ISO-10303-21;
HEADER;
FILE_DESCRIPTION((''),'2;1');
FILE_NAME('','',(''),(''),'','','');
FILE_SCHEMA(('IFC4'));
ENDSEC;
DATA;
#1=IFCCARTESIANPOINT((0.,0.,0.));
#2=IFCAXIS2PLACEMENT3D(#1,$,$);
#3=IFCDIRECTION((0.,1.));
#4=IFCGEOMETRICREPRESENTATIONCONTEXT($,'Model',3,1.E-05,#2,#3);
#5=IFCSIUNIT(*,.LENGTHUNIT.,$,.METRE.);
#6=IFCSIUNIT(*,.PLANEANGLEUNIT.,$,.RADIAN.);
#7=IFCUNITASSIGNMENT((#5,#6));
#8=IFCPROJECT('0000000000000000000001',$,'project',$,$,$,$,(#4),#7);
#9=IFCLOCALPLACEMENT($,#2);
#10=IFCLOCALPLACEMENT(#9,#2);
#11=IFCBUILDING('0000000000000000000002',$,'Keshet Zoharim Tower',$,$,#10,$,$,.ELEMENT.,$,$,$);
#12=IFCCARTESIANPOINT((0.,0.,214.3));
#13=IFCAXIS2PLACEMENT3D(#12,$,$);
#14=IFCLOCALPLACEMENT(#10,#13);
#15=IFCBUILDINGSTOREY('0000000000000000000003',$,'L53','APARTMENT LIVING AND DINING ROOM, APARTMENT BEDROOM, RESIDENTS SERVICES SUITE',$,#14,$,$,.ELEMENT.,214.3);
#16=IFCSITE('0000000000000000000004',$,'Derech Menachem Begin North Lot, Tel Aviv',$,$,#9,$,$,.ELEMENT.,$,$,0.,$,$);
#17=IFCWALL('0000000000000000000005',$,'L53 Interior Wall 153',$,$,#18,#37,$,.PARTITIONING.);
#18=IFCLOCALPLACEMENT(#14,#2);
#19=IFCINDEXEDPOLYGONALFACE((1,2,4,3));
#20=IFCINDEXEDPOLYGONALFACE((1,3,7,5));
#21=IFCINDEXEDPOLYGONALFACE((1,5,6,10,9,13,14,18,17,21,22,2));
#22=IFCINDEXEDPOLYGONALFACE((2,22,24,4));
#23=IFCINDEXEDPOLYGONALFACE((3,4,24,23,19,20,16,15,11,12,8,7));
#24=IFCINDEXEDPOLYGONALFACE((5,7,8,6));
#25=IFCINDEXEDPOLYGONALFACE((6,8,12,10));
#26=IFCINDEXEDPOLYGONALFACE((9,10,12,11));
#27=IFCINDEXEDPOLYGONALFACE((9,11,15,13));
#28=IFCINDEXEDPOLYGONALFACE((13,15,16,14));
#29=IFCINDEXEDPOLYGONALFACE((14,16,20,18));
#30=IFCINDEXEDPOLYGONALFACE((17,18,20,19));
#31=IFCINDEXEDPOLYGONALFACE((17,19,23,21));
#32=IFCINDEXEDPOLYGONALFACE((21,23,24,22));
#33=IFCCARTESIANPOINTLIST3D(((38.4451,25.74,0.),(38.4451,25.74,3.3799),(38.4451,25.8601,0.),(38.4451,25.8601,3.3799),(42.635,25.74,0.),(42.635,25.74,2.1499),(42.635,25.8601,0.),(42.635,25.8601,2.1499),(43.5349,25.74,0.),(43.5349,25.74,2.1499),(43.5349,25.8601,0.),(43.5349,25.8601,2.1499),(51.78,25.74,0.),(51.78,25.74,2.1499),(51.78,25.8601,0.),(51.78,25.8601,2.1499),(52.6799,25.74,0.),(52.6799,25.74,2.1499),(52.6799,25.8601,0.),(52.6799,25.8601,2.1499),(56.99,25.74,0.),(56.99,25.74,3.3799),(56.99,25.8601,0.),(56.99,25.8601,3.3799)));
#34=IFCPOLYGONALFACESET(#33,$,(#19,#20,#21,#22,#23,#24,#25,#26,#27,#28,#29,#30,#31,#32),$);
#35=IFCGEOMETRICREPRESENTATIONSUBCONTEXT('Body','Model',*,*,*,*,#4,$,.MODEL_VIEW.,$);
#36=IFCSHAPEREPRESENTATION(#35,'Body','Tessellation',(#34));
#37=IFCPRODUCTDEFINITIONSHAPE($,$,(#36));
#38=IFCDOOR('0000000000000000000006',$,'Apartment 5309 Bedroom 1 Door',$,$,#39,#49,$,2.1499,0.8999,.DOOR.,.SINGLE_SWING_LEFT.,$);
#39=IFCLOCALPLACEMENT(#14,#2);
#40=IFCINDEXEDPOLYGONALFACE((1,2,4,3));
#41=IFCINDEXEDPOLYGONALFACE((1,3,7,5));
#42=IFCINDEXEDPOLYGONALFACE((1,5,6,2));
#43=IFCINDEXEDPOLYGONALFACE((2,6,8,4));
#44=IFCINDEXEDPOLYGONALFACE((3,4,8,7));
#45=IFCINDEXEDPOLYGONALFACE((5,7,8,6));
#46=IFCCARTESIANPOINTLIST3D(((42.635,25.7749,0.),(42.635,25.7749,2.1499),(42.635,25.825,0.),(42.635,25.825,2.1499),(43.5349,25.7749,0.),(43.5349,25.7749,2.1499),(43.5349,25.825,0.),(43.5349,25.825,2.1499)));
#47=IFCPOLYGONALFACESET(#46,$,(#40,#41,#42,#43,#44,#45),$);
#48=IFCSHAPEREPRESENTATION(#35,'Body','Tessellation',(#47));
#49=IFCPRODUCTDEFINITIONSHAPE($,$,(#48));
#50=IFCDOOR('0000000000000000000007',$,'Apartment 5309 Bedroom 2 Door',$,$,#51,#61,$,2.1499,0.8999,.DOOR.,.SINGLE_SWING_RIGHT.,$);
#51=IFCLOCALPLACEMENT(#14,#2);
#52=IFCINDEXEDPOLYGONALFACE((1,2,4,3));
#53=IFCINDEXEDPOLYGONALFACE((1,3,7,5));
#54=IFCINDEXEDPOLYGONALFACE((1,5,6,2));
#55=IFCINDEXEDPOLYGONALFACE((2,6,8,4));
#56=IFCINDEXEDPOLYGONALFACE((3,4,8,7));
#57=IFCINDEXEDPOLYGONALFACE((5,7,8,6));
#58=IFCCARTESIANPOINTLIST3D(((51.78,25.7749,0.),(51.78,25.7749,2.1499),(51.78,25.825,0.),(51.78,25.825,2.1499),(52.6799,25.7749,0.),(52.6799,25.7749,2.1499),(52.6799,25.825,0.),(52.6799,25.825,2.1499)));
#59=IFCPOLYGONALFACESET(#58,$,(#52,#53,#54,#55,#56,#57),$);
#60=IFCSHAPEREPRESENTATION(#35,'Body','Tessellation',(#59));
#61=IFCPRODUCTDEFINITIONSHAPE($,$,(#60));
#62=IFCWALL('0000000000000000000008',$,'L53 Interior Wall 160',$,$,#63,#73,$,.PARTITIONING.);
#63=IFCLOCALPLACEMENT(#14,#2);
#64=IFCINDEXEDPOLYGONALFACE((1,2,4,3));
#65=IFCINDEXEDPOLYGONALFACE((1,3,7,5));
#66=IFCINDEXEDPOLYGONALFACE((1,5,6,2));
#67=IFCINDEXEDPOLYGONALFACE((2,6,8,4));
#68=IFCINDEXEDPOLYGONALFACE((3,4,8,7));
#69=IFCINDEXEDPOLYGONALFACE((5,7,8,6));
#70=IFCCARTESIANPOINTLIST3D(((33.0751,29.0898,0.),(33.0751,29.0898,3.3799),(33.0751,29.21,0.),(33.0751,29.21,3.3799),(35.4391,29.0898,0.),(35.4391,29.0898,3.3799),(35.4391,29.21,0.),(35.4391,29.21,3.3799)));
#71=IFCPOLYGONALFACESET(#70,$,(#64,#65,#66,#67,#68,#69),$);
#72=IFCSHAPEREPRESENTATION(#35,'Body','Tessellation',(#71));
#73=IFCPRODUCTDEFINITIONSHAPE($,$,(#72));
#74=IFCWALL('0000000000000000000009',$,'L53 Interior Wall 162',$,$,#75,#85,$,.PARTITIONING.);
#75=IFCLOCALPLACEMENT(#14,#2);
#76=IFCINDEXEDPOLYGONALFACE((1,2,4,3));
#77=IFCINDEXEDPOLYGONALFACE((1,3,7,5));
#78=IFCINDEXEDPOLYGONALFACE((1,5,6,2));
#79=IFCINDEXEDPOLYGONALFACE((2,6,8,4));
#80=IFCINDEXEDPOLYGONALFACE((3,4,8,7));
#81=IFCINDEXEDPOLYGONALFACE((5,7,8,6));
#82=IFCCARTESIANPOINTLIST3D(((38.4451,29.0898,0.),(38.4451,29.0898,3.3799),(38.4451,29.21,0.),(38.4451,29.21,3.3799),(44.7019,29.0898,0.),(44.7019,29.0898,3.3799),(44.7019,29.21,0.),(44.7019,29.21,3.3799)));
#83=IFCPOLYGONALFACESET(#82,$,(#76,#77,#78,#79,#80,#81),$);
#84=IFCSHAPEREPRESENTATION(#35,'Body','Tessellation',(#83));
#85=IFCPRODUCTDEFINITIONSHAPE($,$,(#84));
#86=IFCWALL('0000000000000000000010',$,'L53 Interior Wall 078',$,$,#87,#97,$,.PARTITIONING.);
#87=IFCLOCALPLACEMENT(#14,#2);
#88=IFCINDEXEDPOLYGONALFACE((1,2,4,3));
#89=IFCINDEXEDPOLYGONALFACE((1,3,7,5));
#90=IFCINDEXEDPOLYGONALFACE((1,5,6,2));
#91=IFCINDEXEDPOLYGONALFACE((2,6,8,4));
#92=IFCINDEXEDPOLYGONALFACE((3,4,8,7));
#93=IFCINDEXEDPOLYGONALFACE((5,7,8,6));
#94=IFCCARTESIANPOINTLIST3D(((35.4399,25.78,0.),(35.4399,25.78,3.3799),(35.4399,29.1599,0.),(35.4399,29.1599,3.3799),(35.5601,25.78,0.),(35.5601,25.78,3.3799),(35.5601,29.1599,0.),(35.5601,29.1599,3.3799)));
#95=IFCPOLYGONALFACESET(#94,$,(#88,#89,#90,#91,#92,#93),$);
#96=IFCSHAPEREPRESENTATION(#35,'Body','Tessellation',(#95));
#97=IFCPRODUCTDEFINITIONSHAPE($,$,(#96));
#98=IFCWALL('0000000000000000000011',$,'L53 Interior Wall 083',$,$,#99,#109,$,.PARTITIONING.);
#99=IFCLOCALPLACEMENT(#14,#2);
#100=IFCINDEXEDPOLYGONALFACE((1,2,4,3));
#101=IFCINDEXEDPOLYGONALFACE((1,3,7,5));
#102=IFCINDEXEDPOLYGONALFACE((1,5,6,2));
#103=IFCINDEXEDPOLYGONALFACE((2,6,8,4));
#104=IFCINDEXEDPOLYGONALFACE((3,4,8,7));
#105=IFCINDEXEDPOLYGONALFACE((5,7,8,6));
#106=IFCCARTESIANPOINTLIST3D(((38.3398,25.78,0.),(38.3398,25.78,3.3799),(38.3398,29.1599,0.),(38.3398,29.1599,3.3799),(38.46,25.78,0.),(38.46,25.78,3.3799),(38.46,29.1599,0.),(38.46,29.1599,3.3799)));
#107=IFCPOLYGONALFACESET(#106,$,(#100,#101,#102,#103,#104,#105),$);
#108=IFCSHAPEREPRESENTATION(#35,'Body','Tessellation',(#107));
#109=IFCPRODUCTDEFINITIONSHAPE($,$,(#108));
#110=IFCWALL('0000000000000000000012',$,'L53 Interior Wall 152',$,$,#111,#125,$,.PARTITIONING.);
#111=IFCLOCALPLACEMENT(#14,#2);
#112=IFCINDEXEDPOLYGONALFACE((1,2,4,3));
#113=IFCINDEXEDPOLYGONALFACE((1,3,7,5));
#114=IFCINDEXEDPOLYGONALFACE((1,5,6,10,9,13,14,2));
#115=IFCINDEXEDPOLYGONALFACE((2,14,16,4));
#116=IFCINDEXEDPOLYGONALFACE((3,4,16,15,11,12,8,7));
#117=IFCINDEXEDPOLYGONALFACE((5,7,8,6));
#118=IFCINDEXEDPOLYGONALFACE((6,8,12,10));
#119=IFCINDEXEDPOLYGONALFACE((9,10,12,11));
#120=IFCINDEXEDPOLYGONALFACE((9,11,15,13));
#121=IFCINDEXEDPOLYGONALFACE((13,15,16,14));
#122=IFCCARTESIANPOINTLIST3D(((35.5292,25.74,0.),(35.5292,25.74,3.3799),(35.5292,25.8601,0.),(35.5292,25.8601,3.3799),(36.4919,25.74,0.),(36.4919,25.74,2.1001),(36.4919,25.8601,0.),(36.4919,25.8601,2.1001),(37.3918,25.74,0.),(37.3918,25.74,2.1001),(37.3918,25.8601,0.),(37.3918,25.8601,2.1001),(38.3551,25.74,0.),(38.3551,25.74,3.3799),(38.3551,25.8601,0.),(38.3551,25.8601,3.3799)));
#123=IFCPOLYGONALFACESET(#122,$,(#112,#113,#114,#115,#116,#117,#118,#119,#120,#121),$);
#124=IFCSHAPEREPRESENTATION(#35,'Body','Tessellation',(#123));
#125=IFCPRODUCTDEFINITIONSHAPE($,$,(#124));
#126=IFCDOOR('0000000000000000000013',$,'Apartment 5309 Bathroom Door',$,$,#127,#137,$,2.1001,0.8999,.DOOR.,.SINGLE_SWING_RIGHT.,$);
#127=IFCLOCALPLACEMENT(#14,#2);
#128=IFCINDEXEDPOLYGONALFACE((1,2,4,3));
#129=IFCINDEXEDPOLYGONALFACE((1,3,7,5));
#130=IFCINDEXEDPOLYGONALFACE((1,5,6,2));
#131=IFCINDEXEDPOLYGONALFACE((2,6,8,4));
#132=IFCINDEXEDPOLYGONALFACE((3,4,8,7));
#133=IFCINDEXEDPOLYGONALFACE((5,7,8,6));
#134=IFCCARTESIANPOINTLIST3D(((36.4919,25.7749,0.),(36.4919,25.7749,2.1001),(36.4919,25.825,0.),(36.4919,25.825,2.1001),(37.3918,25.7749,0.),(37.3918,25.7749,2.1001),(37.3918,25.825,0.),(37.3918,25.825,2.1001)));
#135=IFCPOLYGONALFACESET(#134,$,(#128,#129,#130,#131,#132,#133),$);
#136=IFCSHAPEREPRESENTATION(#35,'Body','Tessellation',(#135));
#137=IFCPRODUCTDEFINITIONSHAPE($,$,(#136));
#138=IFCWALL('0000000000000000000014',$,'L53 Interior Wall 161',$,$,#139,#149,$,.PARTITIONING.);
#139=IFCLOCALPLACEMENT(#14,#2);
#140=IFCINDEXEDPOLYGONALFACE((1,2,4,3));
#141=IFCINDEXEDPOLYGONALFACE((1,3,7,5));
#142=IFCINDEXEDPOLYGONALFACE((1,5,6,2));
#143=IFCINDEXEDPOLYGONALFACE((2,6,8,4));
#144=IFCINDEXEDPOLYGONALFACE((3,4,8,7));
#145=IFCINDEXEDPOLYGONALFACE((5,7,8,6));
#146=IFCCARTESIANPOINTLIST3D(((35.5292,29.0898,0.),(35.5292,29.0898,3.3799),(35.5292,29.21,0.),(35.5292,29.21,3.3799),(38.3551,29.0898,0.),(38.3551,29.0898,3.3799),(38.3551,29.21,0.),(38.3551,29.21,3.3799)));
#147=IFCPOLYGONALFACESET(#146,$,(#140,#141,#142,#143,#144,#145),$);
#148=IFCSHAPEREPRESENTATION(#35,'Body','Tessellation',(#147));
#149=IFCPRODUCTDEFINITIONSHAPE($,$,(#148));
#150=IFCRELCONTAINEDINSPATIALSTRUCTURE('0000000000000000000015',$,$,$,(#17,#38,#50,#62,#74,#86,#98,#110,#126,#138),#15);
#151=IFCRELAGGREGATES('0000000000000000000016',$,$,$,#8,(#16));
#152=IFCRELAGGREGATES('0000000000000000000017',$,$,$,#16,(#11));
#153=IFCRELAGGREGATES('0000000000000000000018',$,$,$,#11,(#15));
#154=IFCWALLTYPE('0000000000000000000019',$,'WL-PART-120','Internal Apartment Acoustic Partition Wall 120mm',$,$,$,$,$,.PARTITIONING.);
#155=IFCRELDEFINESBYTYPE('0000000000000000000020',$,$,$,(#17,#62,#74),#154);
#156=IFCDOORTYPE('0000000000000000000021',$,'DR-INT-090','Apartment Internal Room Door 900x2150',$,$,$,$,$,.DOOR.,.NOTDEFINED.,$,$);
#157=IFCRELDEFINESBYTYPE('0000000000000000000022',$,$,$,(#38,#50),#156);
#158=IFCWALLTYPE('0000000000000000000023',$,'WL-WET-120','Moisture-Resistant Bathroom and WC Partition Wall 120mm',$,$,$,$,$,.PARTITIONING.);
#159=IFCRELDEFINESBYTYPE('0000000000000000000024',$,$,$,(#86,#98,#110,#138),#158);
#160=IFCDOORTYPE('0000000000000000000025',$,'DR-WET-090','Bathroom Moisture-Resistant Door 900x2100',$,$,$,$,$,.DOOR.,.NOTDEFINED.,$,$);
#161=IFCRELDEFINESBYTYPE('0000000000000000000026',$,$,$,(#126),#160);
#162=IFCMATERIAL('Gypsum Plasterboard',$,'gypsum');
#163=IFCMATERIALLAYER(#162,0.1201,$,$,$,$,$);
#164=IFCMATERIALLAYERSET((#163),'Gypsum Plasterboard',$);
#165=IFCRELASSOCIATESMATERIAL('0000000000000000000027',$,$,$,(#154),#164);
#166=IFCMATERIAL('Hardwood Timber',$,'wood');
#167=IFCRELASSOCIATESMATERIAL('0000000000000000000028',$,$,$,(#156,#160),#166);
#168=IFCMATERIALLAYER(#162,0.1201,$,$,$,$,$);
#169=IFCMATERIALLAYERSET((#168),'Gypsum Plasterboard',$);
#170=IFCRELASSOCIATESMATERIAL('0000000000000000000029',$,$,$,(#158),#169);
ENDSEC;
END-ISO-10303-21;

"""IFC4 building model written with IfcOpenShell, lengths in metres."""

from ifc_helpers import new_model, si_unit, direction, frame, frame_2d, origin, place, context, subcontext, project, spatial, rectangle, extrude, material, layer, layer_set, type_object, element, fill, save


model = new_model("IFC4")

# Units and contexts
model_context = context("Model", 3, precision=1e-05, world=origin(), true_north=direction((0.0, 1.0)))
body_context = subcontext(model_context, "Body", "Model", "MODEL_VIEW")
ifc_project = project(units=[si_unit("LENGTHUNIT", "METRE"), si_unit("PLANEANGLEUNIT", "RADIAN")], contexts=[model_context])

# Site, building, storey
site_placement = place(None, origin())
site = spatial("IfcSite", under=ifc_project, at=site_placement, Name="Derech Menachem Begin North Lot, Tel Aviv", CompositionType="ELEMENT", RefElevation=0.0)
building_placement = place(site_placement, origin())
building = spatial("IfcBuilding", under=site, at=building_placement, Name="Keshet Zoharim Tower", CompositionType="ELEMENT")
storey_placement = place(building_placement, frame((0.0, 0.0, 214.3)))
storey = spatial("IfcBuildingStorey", under=building, at=storey_placement, Name="L53", Description="APARTMENT LIVING AND DINING ROOM, APARTMENT BEDROOM, RESIDENTS SERVICES SUITE", CompositionType="ELEMENT", Elevation=214.3)

# Shared definitions
ifc_material_1 = material(Name="Gypsum Plasterboard", Category="gypsum")
ifc_layer_1 = layer(ifc_material_1, 0.1201)
ifc_layer_set_1 = layer_set([ifc_layer_1], Name="Gypsum Plasterboard")
wall_type_1 = type_object("IfcWallType", Name="WL-PART-120", Description="Internal Apartment Acoustic Partition Wall 120mm", PredefinedType="PARTITIONING", material=ifc_layer_set_1)

# Shared definitions
ifc_material_2 = material(Name="Hardwood Timber", Category="wood")
door_type_1 = type_object("IfcDoorType", Name="DR-INT-090", Description="Apartment Internal Room Door 900x2150", OperationType="NOTDEFINED", PredefinedType="DOOR", material=ifc_material_2)

# Wall, openings, doors
wall_1_placement = place(storey_placement, frame((38.4451, 25.8, 0.0), z_axis=(0.0, 0.0, 1.0), x_axis=(1.0, 0.0, 0.0)))
wall_1 = element("IfcWall", 1, at=wall_1_placement, inside=storey, type_object=wall_type_1, Name="L53 Interior Wall 153", PredefinedType="PARTITIONING", context=body_context, shape_type="SweptSolid", body=[
    extrude(rectangle(XDim=18.5449, YDim=0.1201, at=frame_2d((9.2725, 0.0))), origin(), (0.0, 0.0, 1.0), 3.3799),
])
opening_1_placement = place(wall_1_placement, frame((4.1899, 0.0, 0.0)))
opening_1 = element("IfcOpeningElement", 2, at=opening_1_placement, cuts=wall_1, PredefinedType="OPENING", context=body_context, shape_type="SweptSolid", body=[
    extrude(rectangle(XDim=0.8999, YDim=2.1499, at=frame_2d((0.45, 1.075))), frame((0.0, 0.0701, 0.0), z_axis=(0.0, -1.0, 0.0), x_axis=(1.0, 0.0, 0.0)), (0.0, 0.0, 1.0), 0.1401),
])
opening_2_placement = place(wall_1_placement, frame((13.335, 0.0, 0.0)))
opening_2 = element("IfcOpeningElement", 3, at=opening_2_placement, cuts=wall_1, PredefinedType="OPENING", context=body_context, shape_type="SweptSolid", body=[
    extrude(rectangle(XDim=0.8999, YDim=2.1499, at=frame_2d((0.45, 1.075))), frame((0.0, 0.0701, 0.0), z_axis=(0.0, -1.0, 0.0), x_axis=(1.0, 0.0, 0.0)), (0.0, 0.0, 1.0), 0.1401),
])
door_1_placement = place(opening_1_placement, origin())
door_1 = element("IfcDoor", 4, at=door_1_placement, inside=storey, type_object=door_type_1, Name="Apartment 5309 Bedroom 1 Door", OperationType="SINGLE_SWING_LEFT", OverallHeight=2.1499, OverallWidth=0.8999, PredefinedType="DOOR", context=body_context, shape_type="SweptSolid", body=[
    extrude(rectangle(XDim=0.8999, YDim=2.1499, at=frame_2d((0.45, 1.075))), frame((0.0, 0.0249, 0.0), z_axis=(0.0, -1.0, 0.0), x_axis=(1.0, 0.0, 0.0)), (0.0, 0.0, 1.0), 0.05),
])
fill(opening_1, door_1)
door_2_placement = place(opening_2_placement, origin())
door_2 = element("IfcDoor", 5, at=door_2_placement, inside=storey, type_object=door_type_1, Name="Apartment 5309 Bedroom 2 Door", OperationType="SINGLE_SWING_RIGHT", OverallHeight=2.1499, OverallWidth=0.8999, PredefinedType="DOOR", context=body_context, shape_type="SweptSolid", body=[
    extrude(rectangle(XDim=0.8999, YDim=2.1499, at=frame_2d((0.45, 1.075))), frame((0.0, 0.0249, 0.0), z_axis=(0.0, -1.0, 0.0), x_axis=(1.0, 0.0, 0.0)), (0.0, 0.0, 1.0), 0.05),
])
fill(opening_2, door_2)

# Walls
wall_2_placement = place(storey_placement, frame((33.075, 29.1499, 0.0), z_axis=(0.0, 0.0, 1.0), x_axis=(1.0, 0.0, 0.0)))
element("IfcWall", 6, at=wall_2_placement, inside=storey, type_object=wall_type_1, Name="L53 Interior Wall 160", PredefinedType="PARTITIONING", context=body_context, shape_type="SweptSolid", body=[
    extrude(rectangle(XDim=2.364, YDim=0.1201, at=frame_2d((1.1821, 0.0))), origin(), (0.0, 0.0, 1.0), 3.3799),
])
wall_3_placement = place(storey_placement, frame((38.4451, 29.1499, 0.0), z_axis=(0.0, 0.0, 1.0), x_axis=(1.0, 0.0, 0.0)))
element("IfcWall", 7, at=wall_3_placement, inside=storey, type_object=wall_type_1, Name="L53 Interior Wall 162", PredefinedType="PARTITIONING", context=body_context, shape_type="SweptSolid", body=[
    extrude(rectangle(XDim=6.2568, YDim=0.1201, at=frame_2d((3.1284, 0.0))), origin(), (0.0, 0.0, 1.0), 3.3799),
])
ifc_layer_2 = layer(ifc_material_1, 0.1201)
ifc_layer_set_2 = layer_set([ifc_layer_2], Name="Gypsum Plasterboard")
wall_type_2 = type_object("IfcWallType", Name="WL-WET-120", Description="Moisture-Resistant Bathroom and WC Partition Wall 120mm", PredefinedType="PARTITIONING", material=ifc_layer_set_2)
for number, where, z_axis, x_axis, name in (
    (8, (35.5, 25.78, 0.0), (0.0, 0.0, 1.0), (0.0, 1.0, 0.0), "L53 Interior Wall 078"),
    (9, (38.3999, 25.78, 0.0), (0.0, 0.0, 1.0), (0.0, 1.0, 0.0), "L53 Interior Wall 083"),
):
    element("IfcWall", number, at=place(storey_placement, frame(where, z_axis=z_axis, x_axis=x_axis)), inside=storey, type_object=wall_type_2, Name=name, PredefinedType="PARTITIONING", context=body_context, shape_type="SweptSolid", body=[
        extrude(rectangle(XDim=3.3799, YDim=0.1201, at=frame_2d((1.6899, 0.0))), origin(), (0.0, 0.0, 1.0), 3.3799),
    ])

# Wall, opening, door
wall_4_placement = place(storey_placement, frame((35.5291, 25.8, 0.0), z_axis=(0.0, 0.0, 1.0), x_axis=(1.0, 0.0, 0.0)))
wall_4 = element("IfcWall", 10, at=wall_4_placement, inside=storey, type_object=wall_type_2, Name="L53 Interior Wall 152", PredefinedType="PARTITIONING", context=body_context, shape_type="SweptSolid", body=[
    extrude(rectangle(XDim=2.8259, YDim=0.1201, at=frame_2d((1.4131, 0.0))), origin(), (0.0, 0.0, 1.0), 3.3799),
])
opening_3_placement = place(wall_4_placement, frame((0.9629, 0.0, 0.0)))
opening_3 = element("IfcOpeningElement", 11, at=opening_3_placement, cuts=wall_4, PredefinedType="OPENING", context=body_context, shape_type="SweptSolid", body=[
    extrude(rectangle(XDim=0.8999, YDim=2.1001, at=frame_2d((0.45, 1.05))), frame((0.0, 0.0701, 0.0), z_axis=(0.0, -1.0, 0.0), x_axis=(1.0, 0.0, 0.0)), (0.0, 0.0, 1.0), 0.1401),
])
door_type_2 = type_object("IfcDoorType", Name="DR-WET-090", Description="Bathroom Moisture-Resistant Door 900x2100", OperationType="NOTDEFINED", PredefinedType="DOOR", material=ifc_material_2)
door_3_placement = place(opening_3_placement, origin())
door_3 = element("IfcDoor", 12, at=door_3_placement, inside=storey, type_object=door_type_2, Name="Apartment 5309 Bathroom Door", OperationType="SINGLE_SWING_RIGHT", OverallHeight=2.1001, OverallWidth=0.8999, PredefinedType="DOOR", context=body_context, shape_type="SweptSolid", body=[
    extrude(rectangle(XDim=0.8999, YDim=2.1001, at=frame_2d((0.45, 1.05))), frame((0.0, 0.0249, 0.0), z_axis=(0.0, -1.0, 0.0), x_axis=(1.0, 0.0, 0.0)), (0.0, 0.0, 1.0), 0.05),
])
fill(opening_3, door_3)

# Wall
wall_5_placement = place(storey_placement, frame((35.5291, 29.1499, 0.0), z_axis=(0.0, 0.0, 1.0), x_axis=(1.0, 0.0, 0.0)))
element("IfcWall", 13, at=wall_5_placement, inside=storey, type_object=wall_type_2, Name="L53 Interior Wall 161", PredefinedType="PARTITIONING", context=body_context, shape_type="SweptSolid", body=[
    extrude(rectangle(XDim=2.8259, YDim=0.1201, at=frame_2d((1.4131, 0.0))), origin(), (0.0, 0.0, 1.0), 3.3799),
])

save(model, "model.ifc")
